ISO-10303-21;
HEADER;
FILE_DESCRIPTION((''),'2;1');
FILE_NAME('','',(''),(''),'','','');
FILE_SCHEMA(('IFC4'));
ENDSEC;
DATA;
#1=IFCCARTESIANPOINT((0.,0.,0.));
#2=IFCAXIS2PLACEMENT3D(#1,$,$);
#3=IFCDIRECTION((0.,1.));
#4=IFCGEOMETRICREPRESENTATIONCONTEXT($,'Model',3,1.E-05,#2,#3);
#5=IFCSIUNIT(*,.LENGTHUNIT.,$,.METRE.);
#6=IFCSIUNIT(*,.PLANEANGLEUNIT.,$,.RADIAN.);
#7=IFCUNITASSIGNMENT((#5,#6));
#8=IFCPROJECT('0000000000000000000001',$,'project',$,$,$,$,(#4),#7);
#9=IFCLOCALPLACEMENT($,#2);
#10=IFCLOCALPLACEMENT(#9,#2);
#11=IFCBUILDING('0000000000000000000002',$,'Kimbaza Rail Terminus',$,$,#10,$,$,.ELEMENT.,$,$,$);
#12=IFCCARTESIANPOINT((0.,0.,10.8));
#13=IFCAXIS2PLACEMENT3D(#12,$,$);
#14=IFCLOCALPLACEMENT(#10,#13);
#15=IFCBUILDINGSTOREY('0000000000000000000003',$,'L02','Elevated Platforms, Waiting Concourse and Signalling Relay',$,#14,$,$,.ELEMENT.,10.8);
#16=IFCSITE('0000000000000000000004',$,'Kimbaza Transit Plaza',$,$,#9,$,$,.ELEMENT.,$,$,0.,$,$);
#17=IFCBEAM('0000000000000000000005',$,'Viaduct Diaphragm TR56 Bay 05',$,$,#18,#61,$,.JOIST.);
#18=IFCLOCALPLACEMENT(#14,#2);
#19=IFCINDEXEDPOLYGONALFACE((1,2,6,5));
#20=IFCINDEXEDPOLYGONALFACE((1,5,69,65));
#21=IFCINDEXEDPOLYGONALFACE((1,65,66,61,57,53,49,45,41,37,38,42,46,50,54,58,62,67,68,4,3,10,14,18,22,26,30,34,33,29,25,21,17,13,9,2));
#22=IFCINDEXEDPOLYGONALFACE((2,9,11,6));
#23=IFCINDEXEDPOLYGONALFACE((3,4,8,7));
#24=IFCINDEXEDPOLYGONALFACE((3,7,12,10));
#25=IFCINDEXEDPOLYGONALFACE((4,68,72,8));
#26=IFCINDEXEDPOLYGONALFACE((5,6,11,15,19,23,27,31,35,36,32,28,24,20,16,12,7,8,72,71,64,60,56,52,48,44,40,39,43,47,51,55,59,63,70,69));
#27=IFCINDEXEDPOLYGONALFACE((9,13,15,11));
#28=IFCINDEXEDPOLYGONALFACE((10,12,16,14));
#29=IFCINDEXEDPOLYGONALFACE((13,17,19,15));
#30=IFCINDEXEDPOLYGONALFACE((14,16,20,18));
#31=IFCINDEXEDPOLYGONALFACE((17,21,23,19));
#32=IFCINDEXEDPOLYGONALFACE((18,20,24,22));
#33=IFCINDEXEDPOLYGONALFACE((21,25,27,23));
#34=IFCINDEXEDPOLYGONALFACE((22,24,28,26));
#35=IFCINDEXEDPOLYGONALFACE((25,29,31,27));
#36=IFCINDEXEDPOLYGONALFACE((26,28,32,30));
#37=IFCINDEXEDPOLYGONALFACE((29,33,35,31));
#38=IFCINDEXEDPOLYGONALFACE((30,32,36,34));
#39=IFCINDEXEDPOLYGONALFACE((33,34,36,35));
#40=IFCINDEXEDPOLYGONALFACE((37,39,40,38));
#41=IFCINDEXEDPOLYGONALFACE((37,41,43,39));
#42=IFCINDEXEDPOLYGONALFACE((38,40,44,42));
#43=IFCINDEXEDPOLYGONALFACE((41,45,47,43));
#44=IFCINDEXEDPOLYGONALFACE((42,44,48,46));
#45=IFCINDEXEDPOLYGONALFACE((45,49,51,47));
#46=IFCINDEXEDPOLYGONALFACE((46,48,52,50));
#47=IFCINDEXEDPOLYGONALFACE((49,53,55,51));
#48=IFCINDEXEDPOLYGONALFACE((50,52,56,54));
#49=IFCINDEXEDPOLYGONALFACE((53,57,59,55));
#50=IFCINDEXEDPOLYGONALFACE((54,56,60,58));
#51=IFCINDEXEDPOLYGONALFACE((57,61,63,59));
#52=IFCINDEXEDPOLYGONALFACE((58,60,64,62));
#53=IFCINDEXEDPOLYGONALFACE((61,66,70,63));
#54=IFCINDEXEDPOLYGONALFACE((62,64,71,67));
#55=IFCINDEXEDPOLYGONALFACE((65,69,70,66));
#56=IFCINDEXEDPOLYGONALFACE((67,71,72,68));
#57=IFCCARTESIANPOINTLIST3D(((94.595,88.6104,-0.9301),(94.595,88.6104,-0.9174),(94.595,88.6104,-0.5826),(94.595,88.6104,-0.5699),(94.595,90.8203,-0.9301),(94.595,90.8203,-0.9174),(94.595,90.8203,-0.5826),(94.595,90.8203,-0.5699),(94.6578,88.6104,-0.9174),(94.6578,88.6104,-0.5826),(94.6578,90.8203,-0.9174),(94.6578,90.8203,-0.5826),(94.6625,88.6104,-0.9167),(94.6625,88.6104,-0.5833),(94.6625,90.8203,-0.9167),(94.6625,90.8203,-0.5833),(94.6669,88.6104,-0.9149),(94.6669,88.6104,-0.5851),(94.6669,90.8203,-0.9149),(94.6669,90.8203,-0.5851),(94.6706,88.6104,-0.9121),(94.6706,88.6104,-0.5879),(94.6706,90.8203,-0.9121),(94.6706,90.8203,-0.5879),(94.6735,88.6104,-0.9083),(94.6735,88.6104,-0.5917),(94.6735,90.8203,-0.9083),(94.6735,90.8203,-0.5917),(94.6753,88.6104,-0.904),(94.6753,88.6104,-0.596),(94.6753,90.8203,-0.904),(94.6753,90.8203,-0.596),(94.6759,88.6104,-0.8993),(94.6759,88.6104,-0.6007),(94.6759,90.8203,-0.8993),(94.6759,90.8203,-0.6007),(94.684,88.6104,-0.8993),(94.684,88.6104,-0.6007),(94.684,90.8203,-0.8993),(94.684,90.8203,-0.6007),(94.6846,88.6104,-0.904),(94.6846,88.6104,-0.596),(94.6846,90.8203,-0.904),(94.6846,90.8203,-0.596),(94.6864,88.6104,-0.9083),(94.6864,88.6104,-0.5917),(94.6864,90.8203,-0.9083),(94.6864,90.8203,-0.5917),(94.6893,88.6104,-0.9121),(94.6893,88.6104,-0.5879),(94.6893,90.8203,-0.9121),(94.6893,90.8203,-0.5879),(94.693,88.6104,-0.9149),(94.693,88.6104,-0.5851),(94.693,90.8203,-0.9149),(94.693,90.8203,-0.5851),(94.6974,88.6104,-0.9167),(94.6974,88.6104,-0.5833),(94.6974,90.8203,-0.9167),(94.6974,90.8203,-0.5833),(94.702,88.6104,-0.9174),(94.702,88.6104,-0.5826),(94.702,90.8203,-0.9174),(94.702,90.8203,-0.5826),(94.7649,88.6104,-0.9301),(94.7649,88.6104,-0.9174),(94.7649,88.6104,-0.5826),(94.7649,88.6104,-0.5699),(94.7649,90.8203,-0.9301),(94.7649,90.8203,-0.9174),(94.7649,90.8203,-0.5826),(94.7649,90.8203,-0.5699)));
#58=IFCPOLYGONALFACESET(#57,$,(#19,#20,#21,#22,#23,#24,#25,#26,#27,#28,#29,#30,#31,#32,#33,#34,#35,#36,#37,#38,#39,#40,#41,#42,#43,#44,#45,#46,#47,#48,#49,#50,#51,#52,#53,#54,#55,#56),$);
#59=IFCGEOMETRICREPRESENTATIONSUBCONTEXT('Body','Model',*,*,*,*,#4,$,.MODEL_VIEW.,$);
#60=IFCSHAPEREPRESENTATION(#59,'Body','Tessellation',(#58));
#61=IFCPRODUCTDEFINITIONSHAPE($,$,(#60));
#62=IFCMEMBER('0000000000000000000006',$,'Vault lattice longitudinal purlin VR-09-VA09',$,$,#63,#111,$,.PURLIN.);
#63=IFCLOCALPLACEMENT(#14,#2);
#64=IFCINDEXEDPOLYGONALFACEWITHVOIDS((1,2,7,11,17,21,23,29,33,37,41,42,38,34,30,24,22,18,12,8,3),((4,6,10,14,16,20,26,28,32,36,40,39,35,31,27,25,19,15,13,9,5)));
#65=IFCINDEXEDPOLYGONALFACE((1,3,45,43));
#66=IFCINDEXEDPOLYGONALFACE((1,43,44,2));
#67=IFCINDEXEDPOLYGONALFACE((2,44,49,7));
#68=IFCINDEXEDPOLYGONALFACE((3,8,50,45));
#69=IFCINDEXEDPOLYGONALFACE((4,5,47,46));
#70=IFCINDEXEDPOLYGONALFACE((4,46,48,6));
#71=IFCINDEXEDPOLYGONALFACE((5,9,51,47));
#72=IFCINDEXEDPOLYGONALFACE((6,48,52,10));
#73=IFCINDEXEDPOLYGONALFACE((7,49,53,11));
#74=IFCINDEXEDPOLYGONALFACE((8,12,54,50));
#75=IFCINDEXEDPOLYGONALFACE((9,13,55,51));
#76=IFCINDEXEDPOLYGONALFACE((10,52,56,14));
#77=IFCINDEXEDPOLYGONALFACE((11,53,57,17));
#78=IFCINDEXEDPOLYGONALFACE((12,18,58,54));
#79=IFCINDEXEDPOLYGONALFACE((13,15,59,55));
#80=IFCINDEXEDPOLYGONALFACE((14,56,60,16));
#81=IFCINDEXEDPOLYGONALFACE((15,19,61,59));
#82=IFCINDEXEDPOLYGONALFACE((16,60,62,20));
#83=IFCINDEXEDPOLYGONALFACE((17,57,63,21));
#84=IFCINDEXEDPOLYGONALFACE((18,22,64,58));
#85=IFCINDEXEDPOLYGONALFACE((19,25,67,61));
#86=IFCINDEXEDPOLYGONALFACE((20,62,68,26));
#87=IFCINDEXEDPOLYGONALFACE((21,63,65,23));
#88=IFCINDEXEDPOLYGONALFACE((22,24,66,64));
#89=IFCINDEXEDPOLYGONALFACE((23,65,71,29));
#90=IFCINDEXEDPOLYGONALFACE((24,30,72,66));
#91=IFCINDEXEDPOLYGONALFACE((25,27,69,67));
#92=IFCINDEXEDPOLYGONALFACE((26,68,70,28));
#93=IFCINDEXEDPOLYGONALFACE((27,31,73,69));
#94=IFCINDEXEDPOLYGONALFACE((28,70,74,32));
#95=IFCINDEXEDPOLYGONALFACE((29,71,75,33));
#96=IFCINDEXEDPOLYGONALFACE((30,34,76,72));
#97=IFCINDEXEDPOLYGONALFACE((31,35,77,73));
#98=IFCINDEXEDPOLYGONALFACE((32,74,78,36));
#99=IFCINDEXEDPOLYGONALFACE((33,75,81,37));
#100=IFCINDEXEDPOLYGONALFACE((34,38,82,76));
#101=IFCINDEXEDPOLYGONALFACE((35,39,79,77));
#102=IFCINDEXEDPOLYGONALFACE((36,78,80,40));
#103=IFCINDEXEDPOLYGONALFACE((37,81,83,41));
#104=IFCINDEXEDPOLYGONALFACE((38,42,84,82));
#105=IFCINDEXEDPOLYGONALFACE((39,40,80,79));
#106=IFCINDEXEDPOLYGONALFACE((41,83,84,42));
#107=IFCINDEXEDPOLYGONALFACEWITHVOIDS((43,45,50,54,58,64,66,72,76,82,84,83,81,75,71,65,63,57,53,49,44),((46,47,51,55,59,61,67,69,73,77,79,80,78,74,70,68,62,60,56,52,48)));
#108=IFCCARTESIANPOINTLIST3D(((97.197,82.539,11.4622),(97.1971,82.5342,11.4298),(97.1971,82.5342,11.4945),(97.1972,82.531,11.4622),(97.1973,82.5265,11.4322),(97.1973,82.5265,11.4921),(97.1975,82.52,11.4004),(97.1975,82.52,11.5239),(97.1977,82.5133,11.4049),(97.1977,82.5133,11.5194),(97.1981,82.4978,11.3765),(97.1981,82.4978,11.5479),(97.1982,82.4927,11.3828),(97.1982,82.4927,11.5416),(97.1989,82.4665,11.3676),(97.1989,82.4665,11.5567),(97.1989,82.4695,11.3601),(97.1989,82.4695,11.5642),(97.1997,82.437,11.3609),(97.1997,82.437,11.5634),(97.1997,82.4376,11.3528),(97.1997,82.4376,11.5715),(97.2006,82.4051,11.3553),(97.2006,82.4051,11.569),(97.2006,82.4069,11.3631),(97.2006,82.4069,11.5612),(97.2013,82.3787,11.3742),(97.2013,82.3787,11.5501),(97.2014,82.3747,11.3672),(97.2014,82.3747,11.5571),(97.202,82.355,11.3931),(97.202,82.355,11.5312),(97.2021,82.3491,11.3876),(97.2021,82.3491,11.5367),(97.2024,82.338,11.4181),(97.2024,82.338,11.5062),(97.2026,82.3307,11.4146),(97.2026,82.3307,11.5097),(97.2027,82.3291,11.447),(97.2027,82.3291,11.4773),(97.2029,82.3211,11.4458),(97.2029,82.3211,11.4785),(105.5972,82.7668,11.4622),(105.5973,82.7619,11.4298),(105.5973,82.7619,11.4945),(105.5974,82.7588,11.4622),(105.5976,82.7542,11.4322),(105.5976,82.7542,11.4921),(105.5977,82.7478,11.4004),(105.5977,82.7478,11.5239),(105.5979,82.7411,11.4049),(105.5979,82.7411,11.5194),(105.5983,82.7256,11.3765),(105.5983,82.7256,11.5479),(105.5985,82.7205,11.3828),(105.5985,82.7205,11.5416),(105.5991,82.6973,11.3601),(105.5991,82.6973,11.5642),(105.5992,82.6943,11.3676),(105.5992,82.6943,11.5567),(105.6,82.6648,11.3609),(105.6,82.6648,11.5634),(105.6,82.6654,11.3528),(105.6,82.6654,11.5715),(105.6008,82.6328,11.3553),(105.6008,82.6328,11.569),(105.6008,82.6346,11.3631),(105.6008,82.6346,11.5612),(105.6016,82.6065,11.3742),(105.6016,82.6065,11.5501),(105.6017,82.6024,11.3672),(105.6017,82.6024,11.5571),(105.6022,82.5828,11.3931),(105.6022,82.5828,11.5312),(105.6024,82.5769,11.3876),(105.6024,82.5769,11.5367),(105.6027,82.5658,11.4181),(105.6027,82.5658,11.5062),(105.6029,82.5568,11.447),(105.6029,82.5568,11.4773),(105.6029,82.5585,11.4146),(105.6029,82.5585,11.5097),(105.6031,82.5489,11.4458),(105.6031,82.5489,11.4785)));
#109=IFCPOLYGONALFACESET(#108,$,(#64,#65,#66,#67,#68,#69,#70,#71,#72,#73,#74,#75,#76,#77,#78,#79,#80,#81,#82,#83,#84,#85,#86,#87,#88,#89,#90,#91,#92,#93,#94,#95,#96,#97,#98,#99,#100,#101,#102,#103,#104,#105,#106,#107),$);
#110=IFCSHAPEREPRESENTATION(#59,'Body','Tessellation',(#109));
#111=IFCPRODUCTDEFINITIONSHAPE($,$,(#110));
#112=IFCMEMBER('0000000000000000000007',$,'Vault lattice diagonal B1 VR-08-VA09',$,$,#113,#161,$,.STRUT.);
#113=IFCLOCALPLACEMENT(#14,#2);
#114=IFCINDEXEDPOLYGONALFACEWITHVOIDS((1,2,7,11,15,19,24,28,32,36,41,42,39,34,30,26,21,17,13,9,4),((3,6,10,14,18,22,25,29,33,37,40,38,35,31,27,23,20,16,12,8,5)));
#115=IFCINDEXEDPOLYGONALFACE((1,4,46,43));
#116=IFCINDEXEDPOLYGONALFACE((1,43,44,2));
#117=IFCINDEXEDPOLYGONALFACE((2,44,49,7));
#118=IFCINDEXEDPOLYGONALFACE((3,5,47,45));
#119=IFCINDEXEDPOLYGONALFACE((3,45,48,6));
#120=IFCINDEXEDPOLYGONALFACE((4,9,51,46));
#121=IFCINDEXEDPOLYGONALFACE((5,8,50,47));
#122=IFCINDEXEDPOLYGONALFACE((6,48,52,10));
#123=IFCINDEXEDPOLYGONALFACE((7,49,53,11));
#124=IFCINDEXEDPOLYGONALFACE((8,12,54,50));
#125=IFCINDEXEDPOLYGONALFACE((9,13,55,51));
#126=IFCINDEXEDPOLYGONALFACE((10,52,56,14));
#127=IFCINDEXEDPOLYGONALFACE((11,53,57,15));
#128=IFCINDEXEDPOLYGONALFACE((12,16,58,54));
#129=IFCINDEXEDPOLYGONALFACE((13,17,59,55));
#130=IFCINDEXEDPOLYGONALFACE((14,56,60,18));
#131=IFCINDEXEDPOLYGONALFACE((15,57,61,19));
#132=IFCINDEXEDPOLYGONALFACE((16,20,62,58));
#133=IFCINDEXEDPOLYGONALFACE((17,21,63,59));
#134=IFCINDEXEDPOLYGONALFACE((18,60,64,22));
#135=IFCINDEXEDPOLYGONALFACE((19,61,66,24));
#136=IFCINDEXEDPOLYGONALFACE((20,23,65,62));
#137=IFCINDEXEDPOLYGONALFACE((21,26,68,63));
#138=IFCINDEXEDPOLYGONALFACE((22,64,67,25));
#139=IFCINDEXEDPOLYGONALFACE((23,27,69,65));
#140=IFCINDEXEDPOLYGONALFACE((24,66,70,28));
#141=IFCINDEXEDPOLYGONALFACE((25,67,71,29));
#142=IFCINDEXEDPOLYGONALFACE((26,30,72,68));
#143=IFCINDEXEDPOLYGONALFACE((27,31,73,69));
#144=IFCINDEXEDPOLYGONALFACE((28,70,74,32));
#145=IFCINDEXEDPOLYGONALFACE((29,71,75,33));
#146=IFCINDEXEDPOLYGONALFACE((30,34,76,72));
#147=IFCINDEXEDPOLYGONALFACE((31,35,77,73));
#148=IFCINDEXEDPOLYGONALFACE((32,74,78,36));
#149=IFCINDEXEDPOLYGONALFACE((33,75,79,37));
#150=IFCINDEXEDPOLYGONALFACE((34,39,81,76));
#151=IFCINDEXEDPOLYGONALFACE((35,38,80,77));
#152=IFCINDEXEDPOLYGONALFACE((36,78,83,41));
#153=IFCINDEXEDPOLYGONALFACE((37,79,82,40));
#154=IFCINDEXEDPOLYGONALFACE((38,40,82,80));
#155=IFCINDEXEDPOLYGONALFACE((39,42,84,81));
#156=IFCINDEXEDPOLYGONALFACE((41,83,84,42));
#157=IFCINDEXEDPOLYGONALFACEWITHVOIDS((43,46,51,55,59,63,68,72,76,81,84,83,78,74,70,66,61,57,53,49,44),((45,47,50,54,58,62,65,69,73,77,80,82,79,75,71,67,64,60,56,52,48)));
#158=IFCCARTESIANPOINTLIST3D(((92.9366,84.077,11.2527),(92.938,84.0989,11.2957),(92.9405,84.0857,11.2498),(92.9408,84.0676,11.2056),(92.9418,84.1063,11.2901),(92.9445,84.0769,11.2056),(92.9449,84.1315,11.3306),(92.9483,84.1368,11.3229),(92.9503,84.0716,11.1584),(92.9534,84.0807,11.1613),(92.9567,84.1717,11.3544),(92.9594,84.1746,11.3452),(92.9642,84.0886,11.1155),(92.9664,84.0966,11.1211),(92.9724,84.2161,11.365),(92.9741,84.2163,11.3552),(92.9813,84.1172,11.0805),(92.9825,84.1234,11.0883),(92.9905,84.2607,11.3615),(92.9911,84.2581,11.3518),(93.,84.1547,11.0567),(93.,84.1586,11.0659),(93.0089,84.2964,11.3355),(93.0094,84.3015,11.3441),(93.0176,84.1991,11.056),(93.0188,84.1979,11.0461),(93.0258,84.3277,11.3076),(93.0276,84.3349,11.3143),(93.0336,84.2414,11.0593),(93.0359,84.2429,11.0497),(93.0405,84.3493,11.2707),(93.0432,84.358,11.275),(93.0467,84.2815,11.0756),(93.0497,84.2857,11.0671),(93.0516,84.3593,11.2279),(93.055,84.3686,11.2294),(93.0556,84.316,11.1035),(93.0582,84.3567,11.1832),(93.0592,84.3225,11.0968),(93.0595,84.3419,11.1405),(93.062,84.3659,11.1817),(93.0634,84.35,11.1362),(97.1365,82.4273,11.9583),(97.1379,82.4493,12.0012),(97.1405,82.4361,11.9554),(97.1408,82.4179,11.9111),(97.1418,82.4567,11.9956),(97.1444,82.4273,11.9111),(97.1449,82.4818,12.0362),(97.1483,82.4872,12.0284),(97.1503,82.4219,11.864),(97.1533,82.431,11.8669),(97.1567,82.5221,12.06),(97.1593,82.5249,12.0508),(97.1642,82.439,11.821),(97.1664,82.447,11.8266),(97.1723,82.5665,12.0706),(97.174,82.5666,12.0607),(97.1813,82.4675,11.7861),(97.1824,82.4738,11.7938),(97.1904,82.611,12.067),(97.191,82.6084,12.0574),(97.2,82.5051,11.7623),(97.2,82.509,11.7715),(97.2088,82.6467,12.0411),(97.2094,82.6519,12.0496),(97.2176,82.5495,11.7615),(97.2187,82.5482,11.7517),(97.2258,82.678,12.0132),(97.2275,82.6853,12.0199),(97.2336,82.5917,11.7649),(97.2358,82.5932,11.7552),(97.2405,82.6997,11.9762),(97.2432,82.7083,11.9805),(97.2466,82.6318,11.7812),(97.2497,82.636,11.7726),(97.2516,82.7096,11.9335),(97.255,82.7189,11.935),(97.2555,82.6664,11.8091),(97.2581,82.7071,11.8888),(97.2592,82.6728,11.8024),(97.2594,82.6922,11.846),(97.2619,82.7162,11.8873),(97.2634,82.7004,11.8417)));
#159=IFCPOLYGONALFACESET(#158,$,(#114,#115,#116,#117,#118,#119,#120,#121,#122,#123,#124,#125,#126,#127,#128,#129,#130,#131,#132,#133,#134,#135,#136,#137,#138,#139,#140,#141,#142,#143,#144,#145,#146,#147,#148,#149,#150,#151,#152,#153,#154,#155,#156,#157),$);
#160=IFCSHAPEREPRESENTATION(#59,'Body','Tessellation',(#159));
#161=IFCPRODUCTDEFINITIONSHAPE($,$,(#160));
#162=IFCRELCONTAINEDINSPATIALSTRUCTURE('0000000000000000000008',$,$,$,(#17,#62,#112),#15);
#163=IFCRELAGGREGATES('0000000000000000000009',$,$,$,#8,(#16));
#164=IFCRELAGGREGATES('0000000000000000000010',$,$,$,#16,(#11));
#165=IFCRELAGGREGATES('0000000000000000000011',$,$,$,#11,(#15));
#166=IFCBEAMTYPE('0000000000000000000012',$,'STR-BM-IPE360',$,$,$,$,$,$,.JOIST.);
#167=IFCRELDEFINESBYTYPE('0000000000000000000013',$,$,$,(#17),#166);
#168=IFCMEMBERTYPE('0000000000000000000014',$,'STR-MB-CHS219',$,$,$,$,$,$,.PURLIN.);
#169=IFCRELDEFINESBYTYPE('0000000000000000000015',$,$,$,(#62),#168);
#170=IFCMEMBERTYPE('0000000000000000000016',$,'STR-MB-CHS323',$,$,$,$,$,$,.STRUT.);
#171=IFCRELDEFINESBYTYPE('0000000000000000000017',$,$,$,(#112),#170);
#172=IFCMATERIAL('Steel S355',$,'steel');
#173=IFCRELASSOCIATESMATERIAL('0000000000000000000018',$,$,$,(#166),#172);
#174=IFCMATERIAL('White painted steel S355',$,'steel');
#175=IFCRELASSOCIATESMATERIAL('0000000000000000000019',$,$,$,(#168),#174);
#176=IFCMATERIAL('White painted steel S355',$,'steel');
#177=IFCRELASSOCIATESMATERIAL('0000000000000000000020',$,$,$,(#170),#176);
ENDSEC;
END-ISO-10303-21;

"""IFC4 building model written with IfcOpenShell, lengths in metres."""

from ifc_helpers import new_model, si_unit, direction, frame, origin, origin_2d, place, context, subcontext, project, spatial, hollow_circle, i_section, extrude, material, material_profile, profile_set, type_object, element, save


model = new_model("IFC4")

# Units and contexts
model_context = context("Model", 3, precision=1e-05, world=origin(), true_north=direction((0.0, 1.0)))
body_context = subcontext(model_context, "Body", "Model", "MODEL_VIEW")
ifc_project = project(units=[si_unit("LENGTHUNIT", "METRE"), si_unit("PLANEANGLEUNIT", "RADIAN")], contexts=[model_context])

# Site, building, storey
site_placement = place(None, origin())
site = spatial("IfcSite", under=ifc_project, at=site_placement, Name="Kimbaza Transit Plaza", CompositionType="ELEMENT", RefElevation=0.0)
building_placement = place(site_placement, origin())
building = spatial("IfcBuilding", under=site, at=building_placement, Name="Kimbaza Rail Terminus", CompositionType="ELEMENT")
storey_placement = place(building_placement, frame((0.0, 0.0, 10.8)))
storey = spatial("IfcBuildingStorey", under=building, at=storey_placement, Name="L02", Description="Elevated Platforms, Waiting Concourse and Signalling Relay", CompositionType="ELEMENT", Elevation=10.8)

# Beam
ifc_material_1 = material(Name="Steel S355", Category="steel")
ifc_material_profile_1 = material_profile(ifc_material_1, i_section(OverallWidth=0.1699, OverallDepth=0.3601, WebThickness=0.0081, FlangeThickness=0.0127, FilletRadius=0.0181, at=origin_2d()), Name="IPE 360")
ifc_profile_set_1 = profile_set([ifc_material_profile_1], Name="Steel S355")
beam_type_1 = type_object("IfcBeamType", Name="STR-BM-IPE360", PredefinedType="JOIST", material=ifc_profile_set_1)
beam_1_placement = place(storey_placement, frame((94.6799, 88.6104, -0.75), z_axis=(0.0, 1.0, 0.0), x_axis=(-1.0, 0.0, 0.0)))
element("IfcBeam", 1, at=beam_1_placement, inside=storey, type_object=beam_type_1, Name="Viaduct Diaphragm TR56 Bay 05", PredefinedType="JOIST", context=body_context, shape_type="SweptSolid", body=[
    extrude(i_section(OverallWidth=0.1699, OverallDepth=0.3601, WebThickness=0.0081, FlangeThickness=0.0127, FilletRadius=0.0181, at=origin_2d()), origin(), (0.0, 0.0, 1.0), 2.21),
])

# Members
ifc_material_2 = material(Name="White painted steel S355", Category="steel")
ifc_material_profile_2 = material_profile(ifc_material_2, hollow_circle(Radius=0.1096, WallThickness=0.0081, at=origin_2d()), Name="CHS 219.1x8")
ifc_profile_set_2 = profile_set([ifc_material_profile_2], Name="White painted steel S355")
member_type_1 = type_object("IfcMemberType", Name="STR-MB-CHS219", PredefinedType="PURLIN", material=ifc_profile_set_2)
member_1_placement = place(storey_placement, frame((97.2, 82.4294, 11.4622), z_axis=(0.999633, 0.027107, 0.0), x_axis=(-0.027107, 0.999633, 0.0)))
element("IfcMember", 2, at=member_1_placement, inside=storey, type_object=member_type_1, Name="Vault lattice longitudinal purlin VR-09-VA09", PredefinedType="PURLIN", context=body_context, shape_type="SweptSolid", body=[
    extrude(hollow_circle(Radius=0.1096, WallThickness=0.0081, at=origin_2d()), origin(), (0.0, 0.0, 1.0), 8.4033),
])
ifc_material_3 = material(Name="White painted steel S355", Category="steel")
ifc_material_profile_3 = material_profile(ifc_material_3, hollow_circle(Radius=0.1619, WallThickness=0.01, at=origin_2d()), Name="CHS 323.9x10")
ifc_profile_set_3 = profile_set([ifc_material_profile_3], Name="White painted steel S355")
member_type_2 = type_object("IfcMemberType", Name="STR-MB-CHS323", PredefinedType="STRUT", material=ifc_profile_set_3)
for number, where, z_axis, x_axis, name in (
    (3, (97.2, 82.5686, 11.9111), (-0.919602, 0.361201, -0.154488), (-0.36559, -0.930776, 0.0), "Vault lattice diagonal B1 VR-08-VA09"),
):
    element("IfcMember", number, at=place(storey_placement, frame(where, z_axis=z_axis, x_axis=x_axis)), inside=storey, type_object=member_type_2, Name=name, PredefinedType="STRUT", context=body_context, shape_type="SweptSolid", body=[
        extrude(hollow_circle(Radius=0.1619, WallThickness=0.01, at=origin_2d()), origin(), (0.0, 0.0, 1.0), 4.5671),
    ])

save(model, "model.ifc")
